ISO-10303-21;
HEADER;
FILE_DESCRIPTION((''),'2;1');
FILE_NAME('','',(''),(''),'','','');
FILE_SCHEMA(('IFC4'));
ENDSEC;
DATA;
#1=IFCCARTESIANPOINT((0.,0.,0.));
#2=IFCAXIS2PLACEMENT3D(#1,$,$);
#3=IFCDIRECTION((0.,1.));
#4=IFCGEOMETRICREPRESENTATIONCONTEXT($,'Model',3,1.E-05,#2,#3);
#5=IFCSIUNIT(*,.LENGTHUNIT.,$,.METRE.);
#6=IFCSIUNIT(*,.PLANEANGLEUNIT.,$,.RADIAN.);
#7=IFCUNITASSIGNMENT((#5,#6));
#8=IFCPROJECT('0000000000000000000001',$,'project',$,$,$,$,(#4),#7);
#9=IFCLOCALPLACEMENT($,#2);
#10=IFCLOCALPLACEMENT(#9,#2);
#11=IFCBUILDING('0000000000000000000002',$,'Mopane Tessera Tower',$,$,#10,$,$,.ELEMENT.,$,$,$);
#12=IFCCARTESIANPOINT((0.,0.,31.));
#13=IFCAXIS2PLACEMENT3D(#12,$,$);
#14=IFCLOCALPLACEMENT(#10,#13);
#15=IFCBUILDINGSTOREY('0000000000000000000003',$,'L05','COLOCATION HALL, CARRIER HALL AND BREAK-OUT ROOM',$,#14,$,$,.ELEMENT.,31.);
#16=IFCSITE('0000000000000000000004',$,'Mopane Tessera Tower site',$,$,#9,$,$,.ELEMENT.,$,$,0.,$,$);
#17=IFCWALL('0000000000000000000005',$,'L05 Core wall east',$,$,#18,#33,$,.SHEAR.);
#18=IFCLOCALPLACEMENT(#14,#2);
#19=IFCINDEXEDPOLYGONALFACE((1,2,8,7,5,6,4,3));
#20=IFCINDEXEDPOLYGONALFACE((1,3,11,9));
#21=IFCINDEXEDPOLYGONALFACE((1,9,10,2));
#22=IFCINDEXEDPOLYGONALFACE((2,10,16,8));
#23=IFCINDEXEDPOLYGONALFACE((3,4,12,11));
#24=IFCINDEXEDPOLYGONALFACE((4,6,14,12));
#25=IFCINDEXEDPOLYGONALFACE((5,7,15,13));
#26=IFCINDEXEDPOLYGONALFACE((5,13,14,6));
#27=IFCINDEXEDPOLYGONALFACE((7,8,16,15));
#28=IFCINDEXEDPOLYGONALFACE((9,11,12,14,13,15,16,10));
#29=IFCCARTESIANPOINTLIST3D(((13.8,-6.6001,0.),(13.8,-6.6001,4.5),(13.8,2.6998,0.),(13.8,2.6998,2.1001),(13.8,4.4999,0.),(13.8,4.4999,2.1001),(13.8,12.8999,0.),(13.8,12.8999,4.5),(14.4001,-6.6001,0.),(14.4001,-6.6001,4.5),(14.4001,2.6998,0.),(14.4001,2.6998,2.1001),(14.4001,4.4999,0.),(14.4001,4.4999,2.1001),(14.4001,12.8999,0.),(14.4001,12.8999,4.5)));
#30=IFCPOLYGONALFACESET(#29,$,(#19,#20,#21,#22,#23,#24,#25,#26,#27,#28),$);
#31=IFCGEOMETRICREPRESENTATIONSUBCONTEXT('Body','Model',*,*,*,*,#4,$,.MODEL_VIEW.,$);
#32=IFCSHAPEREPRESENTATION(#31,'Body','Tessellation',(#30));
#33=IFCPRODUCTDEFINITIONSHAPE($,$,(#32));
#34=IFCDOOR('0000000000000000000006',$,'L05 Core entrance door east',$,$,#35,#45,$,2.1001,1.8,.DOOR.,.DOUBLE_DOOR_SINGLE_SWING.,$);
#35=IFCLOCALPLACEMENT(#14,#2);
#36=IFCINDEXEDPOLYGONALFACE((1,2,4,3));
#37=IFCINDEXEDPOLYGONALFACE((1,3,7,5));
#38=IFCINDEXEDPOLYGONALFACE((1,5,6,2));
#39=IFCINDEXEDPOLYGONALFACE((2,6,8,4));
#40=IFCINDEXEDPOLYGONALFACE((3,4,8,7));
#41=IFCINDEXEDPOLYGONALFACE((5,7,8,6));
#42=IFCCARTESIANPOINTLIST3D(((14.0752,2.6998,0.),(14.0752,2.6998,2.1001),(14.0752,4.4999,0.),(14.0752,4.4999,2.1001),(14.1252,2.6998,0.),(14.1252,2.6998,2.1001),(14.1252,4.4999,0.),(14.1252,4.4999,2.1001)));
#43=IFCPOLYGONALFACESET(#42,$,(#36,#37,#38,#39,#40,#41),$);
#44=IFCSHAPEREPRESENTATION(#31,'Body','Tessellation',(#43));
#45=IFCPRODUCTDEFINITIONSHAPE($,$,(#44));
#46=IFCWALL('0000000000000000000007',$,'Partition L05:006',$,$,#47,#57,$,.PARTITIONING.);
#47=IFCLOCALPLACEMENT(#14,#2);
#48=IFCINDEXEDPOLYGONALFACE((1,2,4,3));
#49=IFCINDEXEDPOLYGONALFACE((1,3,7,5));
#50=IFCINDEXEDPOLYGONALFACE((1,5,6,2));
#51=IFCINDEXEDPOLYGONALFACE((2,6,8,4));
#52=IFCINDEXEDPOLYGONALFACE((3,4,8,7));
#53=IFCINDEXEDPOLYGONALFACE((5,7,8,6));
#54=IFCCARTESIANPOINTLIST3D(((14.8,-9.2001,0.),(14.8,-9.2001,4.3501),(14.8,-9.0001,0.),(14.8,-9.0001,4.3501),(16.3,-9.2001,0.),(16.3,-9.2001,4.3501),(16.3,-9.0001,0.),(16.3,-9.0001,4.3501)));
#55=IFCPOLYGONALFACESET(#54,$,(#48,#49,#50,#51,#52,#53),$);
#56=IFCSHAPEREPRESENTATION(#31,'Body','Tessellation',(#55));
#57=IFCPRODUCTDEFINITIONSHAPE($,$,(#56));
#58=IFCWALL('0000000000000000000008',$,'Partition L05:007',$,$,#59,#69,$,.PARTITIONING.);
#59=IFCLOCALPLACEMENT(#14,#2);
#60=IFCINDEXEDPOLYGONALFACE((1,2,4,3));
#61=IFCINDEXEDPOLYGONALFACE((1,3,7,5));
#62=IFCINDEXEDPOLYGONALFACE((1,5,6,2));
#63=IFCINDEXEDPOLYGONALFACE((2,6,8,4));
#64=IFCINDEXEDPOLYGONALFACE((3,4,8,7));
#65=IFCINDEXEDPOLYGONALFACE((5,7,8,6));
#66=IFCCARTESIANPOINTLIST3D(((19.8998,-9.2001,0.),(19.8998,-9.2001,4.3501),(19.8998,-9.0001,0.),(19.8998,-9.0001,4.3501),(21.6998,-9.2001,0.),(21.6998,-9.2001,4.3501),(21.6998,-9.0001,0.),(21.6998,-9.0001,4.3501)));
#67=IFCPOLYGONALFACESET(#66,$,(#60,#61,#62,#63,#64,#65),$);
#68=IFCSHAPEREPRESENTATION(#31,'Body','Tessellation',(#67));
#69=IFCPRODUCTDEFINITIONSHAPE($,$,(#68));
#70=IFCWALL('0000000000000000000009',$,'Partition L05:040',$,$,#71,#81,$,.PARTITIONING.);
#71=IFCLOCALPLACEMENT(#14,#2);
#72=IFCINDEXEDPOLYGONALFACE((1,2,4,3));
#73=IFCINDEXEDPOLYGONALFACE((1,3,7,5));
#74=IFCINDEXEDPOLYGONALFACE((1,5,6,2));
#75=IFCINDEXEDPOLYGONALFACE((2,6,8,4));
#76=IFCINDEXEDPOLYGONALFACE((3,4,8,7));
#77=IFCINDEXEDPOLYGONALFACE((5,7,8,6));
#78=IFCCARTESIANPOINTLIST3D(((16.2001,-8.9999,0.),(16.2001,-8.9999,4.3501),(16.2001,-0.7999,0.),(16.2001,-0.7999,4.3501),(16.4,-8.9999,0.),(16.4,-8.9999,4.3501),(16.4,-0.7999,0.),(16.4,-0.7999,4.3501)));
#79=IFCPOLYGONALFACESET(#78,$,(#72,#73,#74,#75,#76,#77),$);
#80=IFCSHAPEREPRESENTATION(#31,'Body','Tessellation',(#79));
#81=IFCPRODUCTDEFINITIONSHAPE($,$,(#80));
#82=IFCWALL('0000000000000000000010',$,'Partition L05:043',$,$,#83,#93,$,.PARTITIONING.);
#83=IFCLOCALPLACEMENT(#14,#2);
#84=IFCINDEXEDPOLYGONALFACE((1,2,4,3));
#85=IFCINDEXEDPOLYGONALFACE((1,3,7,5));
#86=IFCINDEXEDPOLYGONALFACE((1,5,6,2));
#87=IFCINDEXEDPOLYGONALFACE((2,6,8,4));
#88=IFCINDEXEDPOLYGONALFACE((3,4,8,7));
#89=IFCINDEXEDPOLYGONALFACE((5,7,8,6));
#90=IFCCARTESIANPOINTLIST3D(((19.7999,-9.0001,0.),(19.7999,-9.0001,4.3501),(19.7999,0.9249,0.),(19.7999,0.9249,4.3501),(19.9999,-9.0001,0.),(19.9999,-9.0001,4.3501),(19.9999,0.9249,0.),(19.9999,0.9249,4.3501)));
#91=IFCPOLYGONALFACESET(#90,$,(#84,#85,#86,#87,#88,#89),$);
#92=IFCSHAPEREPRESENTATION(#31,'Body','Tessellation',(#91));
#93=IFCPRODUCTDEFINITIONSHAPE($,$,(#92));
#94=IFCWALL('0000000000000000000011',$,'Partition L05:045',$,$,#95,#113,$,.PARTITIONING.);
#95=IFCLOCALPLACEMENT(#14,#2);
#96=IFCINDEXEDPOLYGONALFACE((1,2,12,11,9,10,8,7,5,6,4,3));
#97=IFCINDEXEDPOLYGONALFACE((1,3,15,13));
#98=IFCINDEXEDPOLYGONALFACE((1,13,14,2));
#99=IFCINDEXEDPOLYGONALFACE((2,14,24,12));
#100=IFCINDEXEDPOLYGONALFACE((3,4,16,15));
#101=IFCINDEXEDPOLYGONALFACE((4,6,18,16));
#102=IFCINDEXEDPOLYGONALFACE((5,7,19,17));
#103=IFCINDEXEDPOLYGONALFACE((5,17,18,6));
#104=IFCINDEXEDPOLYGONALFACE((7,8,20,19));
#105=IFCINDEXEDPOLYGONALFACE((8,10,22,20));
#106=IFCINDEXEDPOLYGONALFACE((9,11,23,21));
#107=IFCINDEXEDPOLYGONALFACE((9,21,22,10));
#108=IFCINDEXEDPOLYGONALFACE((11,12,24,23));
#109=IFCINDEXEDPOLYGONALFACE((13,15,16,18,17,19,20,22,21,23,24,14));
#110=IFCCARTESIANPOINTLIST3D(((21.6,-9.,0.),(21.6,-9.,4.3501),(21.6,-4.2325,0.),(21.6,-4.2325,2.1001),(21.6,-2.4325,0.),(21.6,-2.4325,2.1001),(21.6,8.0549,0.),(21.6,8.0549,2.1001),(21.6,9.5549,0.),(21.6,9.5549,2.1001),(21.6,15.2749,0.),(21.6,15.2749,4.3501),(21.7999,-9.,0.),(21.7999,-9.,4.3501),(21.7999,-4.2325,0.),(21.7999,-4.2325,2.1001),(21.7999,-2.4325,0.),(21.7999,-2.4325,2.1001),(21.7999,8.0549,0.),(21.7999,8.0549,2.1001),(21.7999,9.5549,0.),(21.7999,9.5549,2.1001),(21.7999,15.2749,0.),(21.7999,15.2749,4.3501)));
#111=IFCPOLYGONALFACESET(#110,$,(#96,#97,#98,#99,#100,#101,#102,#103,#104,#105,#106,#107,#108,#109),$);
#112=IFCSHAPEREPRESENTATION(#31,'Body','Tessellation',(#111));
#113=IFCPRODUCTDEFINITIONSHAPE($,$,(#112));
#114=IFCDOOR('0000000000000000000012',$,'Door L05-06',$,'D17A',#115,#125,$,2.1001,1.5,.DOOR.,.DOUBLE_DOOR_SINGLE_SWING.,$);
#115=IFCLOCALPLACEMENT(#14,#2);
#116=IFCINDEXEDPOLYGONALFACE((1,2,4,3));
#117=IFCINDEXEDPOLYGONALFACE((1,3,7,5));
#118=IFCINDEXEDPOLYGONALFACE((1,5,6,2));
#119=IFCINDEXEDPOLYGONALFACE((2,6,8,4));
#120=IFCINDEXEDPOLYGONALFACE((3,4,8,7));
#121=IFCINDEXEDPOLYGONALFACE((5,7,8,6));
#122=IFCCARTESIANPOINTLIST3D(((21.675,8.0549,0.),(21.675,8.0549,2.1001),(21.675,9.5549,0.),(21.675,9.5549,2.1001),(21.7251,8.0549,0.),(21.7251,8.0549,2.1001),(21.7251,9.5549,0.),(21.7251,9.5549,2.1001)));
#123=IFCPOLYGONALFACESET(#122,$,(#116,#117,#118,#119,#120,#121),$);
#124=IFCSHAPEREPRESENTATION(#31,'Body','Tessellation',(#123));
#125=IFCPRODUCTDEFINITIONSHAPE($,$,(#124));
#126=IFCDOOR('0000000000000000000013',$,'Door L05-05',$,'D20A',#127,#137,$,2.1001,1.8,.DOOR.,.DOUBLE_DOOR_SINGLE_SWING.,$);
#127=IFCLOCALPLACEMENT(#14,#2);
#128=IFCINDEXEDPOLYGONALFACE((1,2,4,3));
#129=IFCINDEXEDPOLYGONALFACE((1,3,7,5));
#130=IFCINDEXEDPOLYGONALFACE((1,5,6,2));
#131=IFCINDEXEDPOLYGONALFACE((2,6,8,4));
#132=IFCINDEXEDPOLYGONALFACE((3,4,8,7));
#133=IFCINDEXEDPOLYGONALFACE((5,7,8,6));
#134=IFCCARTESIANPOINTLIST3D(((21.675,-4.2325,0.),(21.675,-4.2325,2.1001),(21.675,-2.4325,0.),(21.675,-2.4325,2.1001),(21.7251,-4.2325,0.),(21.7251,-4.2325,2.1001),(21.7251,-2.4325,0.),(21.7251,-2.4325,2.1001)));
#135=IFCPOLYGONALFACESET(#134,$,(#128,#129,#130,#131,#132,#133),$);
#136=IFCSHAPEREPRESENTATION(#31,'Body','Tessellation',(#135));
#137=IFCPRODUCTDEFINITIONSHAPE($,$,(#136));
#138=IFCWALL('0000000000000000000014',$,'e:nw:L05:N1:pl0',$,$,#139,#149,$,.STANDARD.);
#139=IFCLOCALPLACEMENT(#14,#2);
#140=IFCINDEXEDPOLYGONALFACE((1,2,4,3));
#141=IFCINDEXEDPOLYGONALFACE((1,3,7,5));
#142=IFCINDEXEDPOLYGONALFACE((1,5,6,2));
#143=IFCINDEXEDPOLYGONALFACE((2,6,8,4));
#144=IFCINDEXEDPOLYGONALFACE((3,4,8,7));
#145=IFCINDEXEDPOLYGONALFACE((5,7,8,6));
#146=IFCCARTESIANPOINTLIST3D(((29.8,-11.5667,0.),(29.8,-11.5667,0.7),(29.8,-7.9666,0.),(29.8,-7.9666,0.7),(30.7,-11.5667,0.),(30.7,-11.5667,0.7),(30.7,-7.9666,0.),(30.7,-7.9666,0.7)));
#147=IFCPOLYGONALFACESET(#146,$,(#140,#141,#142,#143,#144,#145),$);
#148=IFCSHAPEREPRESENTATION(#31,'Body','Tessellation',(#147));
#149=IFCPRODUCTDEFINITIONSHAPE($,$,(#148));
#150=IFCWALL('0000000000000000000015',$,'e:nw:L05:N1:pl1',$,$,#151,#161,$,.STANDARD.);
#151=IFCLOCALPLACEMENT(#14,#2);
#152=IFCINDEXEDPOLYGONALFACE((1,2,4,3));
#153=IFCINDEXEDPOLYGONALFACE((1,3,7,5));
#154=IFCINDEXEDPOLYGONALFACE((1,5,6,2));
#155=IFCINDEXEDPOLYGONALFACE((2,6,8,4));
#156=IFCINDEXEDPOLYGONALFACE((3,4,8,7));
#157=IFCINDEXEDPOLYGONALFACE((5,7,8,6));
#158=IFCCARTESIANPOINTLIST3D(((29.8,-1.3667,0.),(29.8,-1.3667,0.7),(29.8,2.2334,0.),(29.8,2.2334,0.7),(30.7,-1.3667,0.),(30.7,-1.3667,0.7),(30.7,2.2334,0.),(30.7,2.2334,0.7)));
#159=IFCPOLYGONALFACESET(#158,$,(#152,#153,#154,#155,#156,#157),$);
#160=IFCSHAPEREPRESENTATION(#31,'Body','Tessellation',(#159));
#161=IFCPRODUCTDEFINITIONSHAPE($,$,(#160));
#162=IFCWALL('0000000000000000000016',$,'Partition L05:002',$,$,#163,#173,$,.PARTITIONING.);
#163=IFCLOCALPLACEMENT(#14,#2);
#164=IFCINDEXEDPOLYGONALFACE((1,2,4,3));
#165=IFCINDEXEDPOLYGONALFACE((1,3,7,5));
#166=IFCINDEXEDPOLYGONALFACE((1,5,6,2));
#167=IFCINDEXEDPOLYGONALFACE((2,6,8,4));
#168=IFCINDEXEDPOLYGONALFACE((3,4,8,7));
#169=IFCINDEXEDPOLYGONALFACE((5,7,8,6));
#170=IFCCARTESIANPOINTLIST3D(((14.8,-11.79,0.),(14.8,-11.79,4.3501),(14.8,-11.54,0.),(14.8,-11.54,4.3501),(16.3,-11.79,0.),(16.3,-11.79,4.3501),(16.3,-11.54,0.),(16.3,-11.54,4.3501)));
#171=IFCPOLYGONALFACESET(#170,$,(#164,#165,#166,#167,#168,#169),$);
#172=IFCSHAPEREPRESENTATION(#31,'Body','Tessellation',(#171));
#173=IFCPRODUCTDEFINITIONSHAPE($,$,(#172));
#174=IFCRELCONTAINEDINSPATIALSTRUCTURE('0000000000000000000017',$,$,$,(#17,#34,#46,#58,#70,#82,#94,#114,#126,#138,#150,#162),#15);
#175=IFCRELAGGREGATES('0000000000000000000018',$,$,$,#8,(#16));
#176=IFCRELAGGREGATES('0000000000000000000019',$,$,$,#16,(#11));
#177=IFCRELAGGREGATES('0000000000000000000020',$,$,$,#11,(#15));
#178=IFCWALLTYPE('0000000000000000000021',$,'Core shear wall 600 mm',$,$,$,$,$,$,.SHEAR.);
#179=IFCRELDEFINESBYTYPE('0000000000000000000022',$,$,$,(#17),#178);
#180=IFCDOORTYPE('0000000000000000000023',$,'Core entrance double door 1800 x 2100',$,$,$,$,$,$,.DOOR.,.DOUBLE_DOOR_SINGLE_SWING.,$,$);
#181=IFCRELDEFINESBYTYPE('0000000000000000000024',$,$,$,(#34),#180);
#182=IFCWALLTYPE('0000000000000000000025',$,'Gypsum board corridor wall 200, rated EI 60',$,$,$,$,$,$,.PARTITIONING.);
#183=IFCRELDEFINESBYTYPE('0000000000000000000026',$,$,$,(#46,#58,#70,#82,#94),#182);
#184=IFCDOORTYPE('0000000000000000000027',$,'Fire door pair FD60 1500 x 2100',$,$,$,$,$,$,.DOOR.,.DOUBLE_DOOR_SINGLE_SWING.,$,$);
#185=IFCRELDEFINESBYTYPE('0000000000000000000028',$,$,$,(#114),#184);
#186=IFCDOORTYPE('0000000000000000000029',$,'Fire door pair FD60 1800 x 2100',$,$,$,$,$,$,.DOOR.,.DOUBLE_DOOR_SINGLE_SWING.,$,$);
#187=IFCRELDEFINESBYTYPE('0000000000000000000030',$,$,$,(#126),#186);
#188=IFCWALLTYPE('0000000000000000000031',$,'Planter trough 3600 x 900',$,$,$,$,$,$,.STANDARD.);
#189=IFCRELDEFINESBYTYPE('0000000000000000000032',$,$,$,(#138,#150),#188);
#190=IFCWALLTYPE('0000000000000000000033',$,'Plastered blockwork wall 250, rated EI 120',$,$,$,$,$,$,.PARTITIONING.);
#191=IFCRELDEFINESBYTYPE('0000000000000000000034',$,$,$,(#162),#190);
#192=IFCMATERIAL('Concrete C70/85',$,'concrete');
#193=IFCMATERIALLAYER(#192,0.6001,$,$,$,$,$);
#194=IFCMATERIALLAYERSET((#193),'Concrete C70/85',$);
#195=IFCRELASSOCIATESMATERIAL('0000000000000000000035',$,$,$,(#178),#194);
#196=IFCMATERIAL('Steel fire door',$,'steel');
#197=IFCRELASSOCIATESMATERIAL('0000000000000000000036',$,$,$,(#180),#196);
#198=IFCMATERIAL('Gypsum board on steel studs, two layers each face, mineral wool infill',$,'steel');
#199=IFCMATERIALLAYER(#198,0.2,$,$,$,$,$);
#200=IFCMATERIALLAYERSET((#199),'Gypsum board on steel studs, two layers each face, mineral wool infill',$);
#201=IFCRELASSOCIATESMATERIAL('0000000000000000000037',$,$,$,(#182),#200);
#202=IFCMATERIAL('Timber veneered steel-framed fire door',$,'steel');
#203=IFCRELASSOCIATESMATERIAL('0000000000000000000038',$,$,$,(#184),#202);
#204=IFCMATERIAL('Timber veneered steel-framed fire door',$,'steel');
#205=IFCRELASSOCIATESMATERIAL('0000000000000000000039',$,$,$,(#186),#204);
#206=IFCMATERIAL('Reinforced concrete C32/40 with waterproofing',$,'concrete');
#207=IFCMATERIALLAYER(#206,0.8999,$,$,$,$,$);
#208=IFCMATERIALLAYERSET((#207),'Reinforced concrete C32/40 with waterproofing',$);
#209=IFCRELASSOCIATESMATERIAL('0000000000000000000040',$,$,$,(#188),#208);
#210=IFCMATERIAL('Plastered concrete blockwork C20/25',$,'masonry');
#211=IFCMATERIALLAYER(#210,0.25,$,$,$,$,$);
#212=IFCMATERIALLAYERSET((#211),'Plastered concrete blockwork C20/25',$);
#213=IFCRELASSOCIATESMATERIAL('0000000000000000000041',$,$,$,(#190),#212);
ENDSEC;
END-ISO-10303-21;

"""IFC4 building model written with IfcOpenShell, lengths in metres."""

from ifc_helpers import new_model, si_unit, direction, frame, frame_2d, origin, place, context, subcontext, project, spatial, rectangle, extrude, material, layer, layer_set, type_object, element, fill, save


model = new_model("IFC4")

# Units and contexts
model_context = context("Model", 3, precision=1e-05, world=origin(), true_north=direction((0.0, 1.0)))
body_context = subcontext(model_context, "Body", "Model", "MODEL_VIEW")
ifc_project = project(units=[si_unit("LENGTHUNIT", "METRE"), si_unit("PLANEANGLEUNIT", "RADIAN")], contexts=[model_context])

# Site, building, storey
site_placement = place(None, origin())
site = spatial("IfcSite", under=ifc_project, at=site_placement, Name="Mopane Tessera Tower site", CompositionType="ELEMENT", RefElevation=0.0)
building_placement = place(site_placement, origin())
building = spatial("IfcBuilding", under=site, at=building_placement, Name="Mopane Tessera Tower", CompositionType="ELEMENT")
storey_placement = place(building_placement, frame((0.0, 0.0, 31.0)))
storey = spatial("IfcBuildingStorey", under=building, at=storey_placement, Name="L05", Description="COLOCATION HALL, CARRIER HALL AND BREAK-OUT ROOM", CompositionType="ELEMENT", Elevation=31.0)

# Wall, opening, door
ifc_material_1 = material(Name="Concrete C70/85", Category="concrete")
ifc_layer_1 = layer(ifc_material_1, 0.6001)
ifc_layer_set_1 = layer_set([ifc_layer_1], Name="Concrete C70/85")
wall_type_1 = type_object("IfcWallType", Name="Core shear wall 600 mm", PredefinedType="SHEAR", material=ifc_layer_set_1)
wall_1_placement = place(storey_placement, frame((14.1001, -6.6001, 0.0), z_axis=(0.0, 0.0, 1.0), x_axis=(0.0, 1.0, 0.0)))
wall_1 = element("IfcWall", 1, at=wall_1_placement, inside=storey, type_object=wall_type_1, Name="L05 Core wall east", PredefinedType="SHEAR", context=body_context, shape_type="SweptSolid", body=[
    extrude(rectangle(XDim=19.5, YDim=0.6001, at=frame_2d((9.75, 0.0))), origin(), (0.0, 0.0, 1.0), 4.5),
])
opening_1_placement = place(wall_1_placement, frame((9.3, 0.0, 0.0)))
opening_1 = element("IfcOpeningElement", 2, at=opening_1_placement, cuts=wall_1, PredefinedType="OPENING", context=body_context, shape_type="SweptSolid", body=[
    extrude(rectangle(XDim=1.8, YDim=2.1001, at=frame_2d((0.8999, 1.05))), frame((0.0, 0.312, 0.0), z_axis=(0.0, -1.0, 0.0), x_axis=(1.0, 0.0, 0.0)), (0.0, 0.0, 1.0), 0.624),
])
ifc_material_2 = material(Name="Steel fire door", Category="steel")
door_type_1 = type_object("IfcDoorType", Name="Core entrance double door 1800 x 2100", OperationType="DOUBLE_DOOR_SINGLE_SWING", PredefinedType="DOOR", material=ifc_material_2)
door_1_placement = place(opening_1_placement, origin())
door_1 = element("IfcDoor", 3, at=door_1_placement, inside=storey, type_object=door_type_1, Name="L05 Core entrance door east", OperationType="DOUBLE_DOOR_SINGLE_SWING", OverallHeight=2.1001, OverallWidth=1.8, PredefinedType="DOOR", context=body_context, shape_type="SweptSolid", body=[
    extrude(rectangle(XDim=1.8, YDim=2.1001, at=frame_2d((0.8999, 1.05))), frame((0.0, 0.0249, 0.0), z_axis=(0.0, -1.0, 0.0), x_axis=(1.0, 0.0, 0.0)), (0.0, 0.0, 1.0), 0.05),
])
fill(opening_1, door_1)

# Walls
ifc_material_3 = material(Name="Gypsum board on steel studs, two layers each face, mineral wool infill", Category="steel")
ifc_layer_2 = layer(ifc_material_3, 0.2)
ifc_layer_set_2 = layer_set([ifc_layer_2], Name="Gypsum board on steel studs, two layers each face, mineral wool infill")
wall_type_2 = type_object("IfcWallType", Name="Gypsum board corridor wall 200, rated EI 60", PredefinedType="PARTITIONING", material=ifc_layer_set_2)
wall_2_placement = place(storey_placement, frame((14.8, -9.1001, 0.0), z_axis=(0.0, 0.0, 1.0), x_axis=(1.0, 0.0, 0.0)))
element("IfcWall", 4, at=wall_2_placement, inside=storey, type_object=wall_type_2, Name="Partition L05:006", PredefinedType="PARTITIONING", context=body_context, shape_type="SweptSolid", body=[
    extrude(rectangle(XDim=1.5, YDim=0.2, at=frame_2d((0.75, 0.0))), origin(), (0.0, 0.0, 1.0), 4.3501),
])
wall_3_placement = place(storey_placement, frame((19.8999, -9.1001, 0.0), z_axis=(0.0, 0.0, 1.0), x_axis=(1.0, 0.0, 0.0)))
element("IfcWall", 5, at=wall_3_placement, inside=storey, type_object=wall_type_2, Name="Partition L05:007", PredefinedType="PARTITIONING", context=body_context, shape_type="SweptSolid", body=[
    extrude(rectangle(XDim=1.8, YDim=0.2, at=frame_2d((0.8999, 0.0))), origin(), (0.0, 0.0, 1.0), 4.3501),
])
wall_4_placement = place(storey_placement, frame((16.3, -9.0, 0.0), z_axis=(0.0, 0.0, 1.0), x_axis=(0.0, 1.0, 0.0)))
element("IfcWall", 6, at=wall_4_placement, inside=storey, type_object=wall_type_2, Name="Partition L05:040", PredefinedType="PARTITIONING", context=body_context, shape_type="SweptSolid", body=[
    extrude(rectangle(XDim=8.2, YDim=0.2, at=frame_2d((4.1001, 0.0))), origin(), (0.0, 0.0, 1.0), 4.3501),
])
wall_5_placement = place(storey_placement, frame((19.8999, -9.0, 0.0), z_axis=(0.0, 0.0, 1.0), x_axis=(0.0, 1.0, 0.0)))
element("IfcWall", 7, at=wall_5_placement, inside=storey, type_object=wall_type_2, Name="Partition L05:043", PredefinedType="PARTITIONING", context=body_context, shape_type="SweptSolid", body=[
    extrude(rectangle(XDim=9.925, YDim=0.2, at=frame_2d((4.9624, 0.0))), origin(), (0.0, 0.0, 1.0), 4.3501),
])

# Wall, openings, doors
wall_6_placement = place(storey_placement, frame((21.7, -9.0, 0.0), z_axis=(0.0, 0.0, 1.0), x_axis=(0.0, 1.0, 0.0)))
wall_6 = element("IfcWall", 8, at=wall_6_placement, inside=storey, type_object=wall_type_2, Name="Partition L05:045", PredefinedType="PARTITIONING", context=body_context, shape_type="SweptSolid", body=[
    extrude(rectangle(XDim=24.2749, YDim=0.2, at=frame_2d((12.1375, 0.0))), origin(), (0.0, 0.0, 1.0), 4.3501),
])
opening_2_placement = place(wall_6_placement, frame((4.7676, 0.0, 0.0)))
opening_2 = element("IfcOpeningElement", 9, at=opening_2_placement, cuts=wall_6, PredefinedType="OPENING", context=body_context, shape_type="SweptSolid", body=[
    extrude(rectangle(XDim=1.8, YDim=2.1001, at=frame_2d((0.8999, 1.05))), frame((0.0, 0.1121, 0.0), z_axis=(0.0, -1.0, 0.0), x_axis=(1.0, 0.0, 0.0)), (0.0, 0.0, 1.0), 0.2239),
])
opening_3_placement = place(wall_6_placement, frame((17.0549, 0.0, 0.0)))
opening_3 = element("IfcOpeningElement", 10, at=opening_3_placement, cuts=wall_6, PredefinedType="OPENING", context=body_context, shape_type="SweptSolid", body=[
    extrude(rectangle(XDim=1.5, YDim=2.1001, at=frame_2d((0.75, 1.05))), frame((0.0, 0.1121, 0.0), z_axis=(0.0, -1.0, 0.0), x_axis=(1.0, 0.0, 0.0)), (0.0, 0.0, 1.0), 0.2239),
])
ifc_material_4 = material(Name="Timber veneered steel-framed fire door", Category="steel")
door_type_2 = type_object("IfcDoorType", Name="Fire door pair FD60 1500 x 2100", OperationType="DOUBLE_DOOR_SINGLE_SWING", PredefinedType="DOOR", material=ifc_material_4)
door_2_placement = place(opening_3_placement, origin())
door_2 = element("IfcDoor", 11, at=door_2_placement, inside=storey, type_object=door_type_2, Name="Door L05-06", ObjectType="D17A", OperationType="DOUBLE_DOOR_SINGLE_SWING", OverallHeight=2.1001, OverallWidth=1.5, PredefinedType="DOOR", context=body_context, shape_type="SweptSolid", body=[
    extrude(rectangle(XDim=1.5, YDim=2.1001, at=frame_2d((0.75, 1.05))), frame((0.0, 0.0249, 0.0), z_axis=(0.0, -1.0, 0.0), x_axis=(1.0, 0.0, 0.0)), (0.0, 0.0, 1.0), 0.05),
])
fill(opening_3, door_2)
ifc_material_5 = material(Name="Timber veneered steel-framed fire door", Category="steel")
door_type_3 = type_object("IfcDoorType", Name="Fire door pair FD60 1800 x 2100", OperationType="DOUBLE_DOOR_SINGLE_SWING", PredefinedType="DOOR", material=ifc_material_5)
door_3_placement = place(opening_2_placement, origin())
door_3 = element("IfcDoor", 12, at=door_3_placement, inside=storey, type_object=door_type_3, Name="Door L05-05", ObjectType="D20A", OperationType="DOUBLE_DOOR_SINGLE_SWING", OverallHeight=2.1001, OverallWidth=1.8, PredefinedType="DOOR", context=body_context, shape_type="SweptSolid", body=[
    extrude(rectangle(XDim=1.8, YDim=2.1001, at=frame_2d((0.8999, 1.05))), frame((0.0, 0.0249, 0.0), z_axis=(0.0, -1.0, 0.0), x_axis=(1.0, 0.0, 0.0)), (0.0, 0.0, 1.0), 0.05),
])
fill(opening_2, door_3)

# Walls
ifc_material_6 = material(Name="Reinforced concrete C32/40 with waterproofing", Category="concrete")
ifc_layer_3 = layer(ifc_material_6, 0.8999)
ifc_layer_set_3 = layer_set([ifc_layer_3], Name="Reinforced concrete C32/40 with waterproofing")
wall_type_3 = type_object("IfcWallType", Name="Planter trough 3600 x 900", PredefinedType="STANDARD", material=ifc_layer_set_3)
for number, where, z_axis, x_axis, name in (
    (13, (30.25, -11.5667, 0.0), (0.0, 0.0, 1.0), (0.0, 1.0, 0.0), "e:nw:L05:N1:pl0"),
    (14, (30.25, -1.3667, 0.0), (0.0, 0.0, 1.0), (0.0, 1.0, 0.0), "e:nw:L05:N1:pl1"),
):
    element("IfcWall", number, at=place(storey_placement, frame(where, z_axis=z_axis, x_axis=x_axis)), inside=storey, type_object=wall_type_3, Name=name, PredefinedType="STANDARD", context=body_context, shape_type="SweptSolid", body=[
        extrude(rectangle(XDim=3.6001, YDim=0.8999, at=frame_2d((1.8, 0.0))), origin(), (0.0, 0.0, 1.0), 0.7),
    ])
ifc_material_7 = material(Name="Plastered concrete blockwork C20/25", Category="masonry")
ifc_layer_4 = layer(ifc_material_7, 0.25)
ifc_layer_set_4 = layer_set([ifc_layer_4], Name="Plastered concrete blockwork C20/25")
wall_type_4 = type_object("IfcWallType", Name="Plastered blockwork wall 250, rated EI 120", PredefinedType="PARTITIONING", material=ifc_layer_set_4)
wall_7_placement = place(storey_placement, frame((14.8, -11.665, 0.0), z_axis=(0.0, 0.0, 1.0), x_axis=(1.0, 0.0, 0.0)))
element("IfcWall", 15, at=wall_7_placement, inside=storey, type_object=wall_type_4, Name="Partition L05:002", PredefinedType="PARTITIONING", context=body_context, shape_type="SweptSolid", body=[
    extrude(rectangle(XDim=1.5, YDim=0.25, at=frame_2d((0.75, 0.0))), origin(), (0.0, 0.0, 1.0), 4.3501),
])

save(model, "model.ifc")
